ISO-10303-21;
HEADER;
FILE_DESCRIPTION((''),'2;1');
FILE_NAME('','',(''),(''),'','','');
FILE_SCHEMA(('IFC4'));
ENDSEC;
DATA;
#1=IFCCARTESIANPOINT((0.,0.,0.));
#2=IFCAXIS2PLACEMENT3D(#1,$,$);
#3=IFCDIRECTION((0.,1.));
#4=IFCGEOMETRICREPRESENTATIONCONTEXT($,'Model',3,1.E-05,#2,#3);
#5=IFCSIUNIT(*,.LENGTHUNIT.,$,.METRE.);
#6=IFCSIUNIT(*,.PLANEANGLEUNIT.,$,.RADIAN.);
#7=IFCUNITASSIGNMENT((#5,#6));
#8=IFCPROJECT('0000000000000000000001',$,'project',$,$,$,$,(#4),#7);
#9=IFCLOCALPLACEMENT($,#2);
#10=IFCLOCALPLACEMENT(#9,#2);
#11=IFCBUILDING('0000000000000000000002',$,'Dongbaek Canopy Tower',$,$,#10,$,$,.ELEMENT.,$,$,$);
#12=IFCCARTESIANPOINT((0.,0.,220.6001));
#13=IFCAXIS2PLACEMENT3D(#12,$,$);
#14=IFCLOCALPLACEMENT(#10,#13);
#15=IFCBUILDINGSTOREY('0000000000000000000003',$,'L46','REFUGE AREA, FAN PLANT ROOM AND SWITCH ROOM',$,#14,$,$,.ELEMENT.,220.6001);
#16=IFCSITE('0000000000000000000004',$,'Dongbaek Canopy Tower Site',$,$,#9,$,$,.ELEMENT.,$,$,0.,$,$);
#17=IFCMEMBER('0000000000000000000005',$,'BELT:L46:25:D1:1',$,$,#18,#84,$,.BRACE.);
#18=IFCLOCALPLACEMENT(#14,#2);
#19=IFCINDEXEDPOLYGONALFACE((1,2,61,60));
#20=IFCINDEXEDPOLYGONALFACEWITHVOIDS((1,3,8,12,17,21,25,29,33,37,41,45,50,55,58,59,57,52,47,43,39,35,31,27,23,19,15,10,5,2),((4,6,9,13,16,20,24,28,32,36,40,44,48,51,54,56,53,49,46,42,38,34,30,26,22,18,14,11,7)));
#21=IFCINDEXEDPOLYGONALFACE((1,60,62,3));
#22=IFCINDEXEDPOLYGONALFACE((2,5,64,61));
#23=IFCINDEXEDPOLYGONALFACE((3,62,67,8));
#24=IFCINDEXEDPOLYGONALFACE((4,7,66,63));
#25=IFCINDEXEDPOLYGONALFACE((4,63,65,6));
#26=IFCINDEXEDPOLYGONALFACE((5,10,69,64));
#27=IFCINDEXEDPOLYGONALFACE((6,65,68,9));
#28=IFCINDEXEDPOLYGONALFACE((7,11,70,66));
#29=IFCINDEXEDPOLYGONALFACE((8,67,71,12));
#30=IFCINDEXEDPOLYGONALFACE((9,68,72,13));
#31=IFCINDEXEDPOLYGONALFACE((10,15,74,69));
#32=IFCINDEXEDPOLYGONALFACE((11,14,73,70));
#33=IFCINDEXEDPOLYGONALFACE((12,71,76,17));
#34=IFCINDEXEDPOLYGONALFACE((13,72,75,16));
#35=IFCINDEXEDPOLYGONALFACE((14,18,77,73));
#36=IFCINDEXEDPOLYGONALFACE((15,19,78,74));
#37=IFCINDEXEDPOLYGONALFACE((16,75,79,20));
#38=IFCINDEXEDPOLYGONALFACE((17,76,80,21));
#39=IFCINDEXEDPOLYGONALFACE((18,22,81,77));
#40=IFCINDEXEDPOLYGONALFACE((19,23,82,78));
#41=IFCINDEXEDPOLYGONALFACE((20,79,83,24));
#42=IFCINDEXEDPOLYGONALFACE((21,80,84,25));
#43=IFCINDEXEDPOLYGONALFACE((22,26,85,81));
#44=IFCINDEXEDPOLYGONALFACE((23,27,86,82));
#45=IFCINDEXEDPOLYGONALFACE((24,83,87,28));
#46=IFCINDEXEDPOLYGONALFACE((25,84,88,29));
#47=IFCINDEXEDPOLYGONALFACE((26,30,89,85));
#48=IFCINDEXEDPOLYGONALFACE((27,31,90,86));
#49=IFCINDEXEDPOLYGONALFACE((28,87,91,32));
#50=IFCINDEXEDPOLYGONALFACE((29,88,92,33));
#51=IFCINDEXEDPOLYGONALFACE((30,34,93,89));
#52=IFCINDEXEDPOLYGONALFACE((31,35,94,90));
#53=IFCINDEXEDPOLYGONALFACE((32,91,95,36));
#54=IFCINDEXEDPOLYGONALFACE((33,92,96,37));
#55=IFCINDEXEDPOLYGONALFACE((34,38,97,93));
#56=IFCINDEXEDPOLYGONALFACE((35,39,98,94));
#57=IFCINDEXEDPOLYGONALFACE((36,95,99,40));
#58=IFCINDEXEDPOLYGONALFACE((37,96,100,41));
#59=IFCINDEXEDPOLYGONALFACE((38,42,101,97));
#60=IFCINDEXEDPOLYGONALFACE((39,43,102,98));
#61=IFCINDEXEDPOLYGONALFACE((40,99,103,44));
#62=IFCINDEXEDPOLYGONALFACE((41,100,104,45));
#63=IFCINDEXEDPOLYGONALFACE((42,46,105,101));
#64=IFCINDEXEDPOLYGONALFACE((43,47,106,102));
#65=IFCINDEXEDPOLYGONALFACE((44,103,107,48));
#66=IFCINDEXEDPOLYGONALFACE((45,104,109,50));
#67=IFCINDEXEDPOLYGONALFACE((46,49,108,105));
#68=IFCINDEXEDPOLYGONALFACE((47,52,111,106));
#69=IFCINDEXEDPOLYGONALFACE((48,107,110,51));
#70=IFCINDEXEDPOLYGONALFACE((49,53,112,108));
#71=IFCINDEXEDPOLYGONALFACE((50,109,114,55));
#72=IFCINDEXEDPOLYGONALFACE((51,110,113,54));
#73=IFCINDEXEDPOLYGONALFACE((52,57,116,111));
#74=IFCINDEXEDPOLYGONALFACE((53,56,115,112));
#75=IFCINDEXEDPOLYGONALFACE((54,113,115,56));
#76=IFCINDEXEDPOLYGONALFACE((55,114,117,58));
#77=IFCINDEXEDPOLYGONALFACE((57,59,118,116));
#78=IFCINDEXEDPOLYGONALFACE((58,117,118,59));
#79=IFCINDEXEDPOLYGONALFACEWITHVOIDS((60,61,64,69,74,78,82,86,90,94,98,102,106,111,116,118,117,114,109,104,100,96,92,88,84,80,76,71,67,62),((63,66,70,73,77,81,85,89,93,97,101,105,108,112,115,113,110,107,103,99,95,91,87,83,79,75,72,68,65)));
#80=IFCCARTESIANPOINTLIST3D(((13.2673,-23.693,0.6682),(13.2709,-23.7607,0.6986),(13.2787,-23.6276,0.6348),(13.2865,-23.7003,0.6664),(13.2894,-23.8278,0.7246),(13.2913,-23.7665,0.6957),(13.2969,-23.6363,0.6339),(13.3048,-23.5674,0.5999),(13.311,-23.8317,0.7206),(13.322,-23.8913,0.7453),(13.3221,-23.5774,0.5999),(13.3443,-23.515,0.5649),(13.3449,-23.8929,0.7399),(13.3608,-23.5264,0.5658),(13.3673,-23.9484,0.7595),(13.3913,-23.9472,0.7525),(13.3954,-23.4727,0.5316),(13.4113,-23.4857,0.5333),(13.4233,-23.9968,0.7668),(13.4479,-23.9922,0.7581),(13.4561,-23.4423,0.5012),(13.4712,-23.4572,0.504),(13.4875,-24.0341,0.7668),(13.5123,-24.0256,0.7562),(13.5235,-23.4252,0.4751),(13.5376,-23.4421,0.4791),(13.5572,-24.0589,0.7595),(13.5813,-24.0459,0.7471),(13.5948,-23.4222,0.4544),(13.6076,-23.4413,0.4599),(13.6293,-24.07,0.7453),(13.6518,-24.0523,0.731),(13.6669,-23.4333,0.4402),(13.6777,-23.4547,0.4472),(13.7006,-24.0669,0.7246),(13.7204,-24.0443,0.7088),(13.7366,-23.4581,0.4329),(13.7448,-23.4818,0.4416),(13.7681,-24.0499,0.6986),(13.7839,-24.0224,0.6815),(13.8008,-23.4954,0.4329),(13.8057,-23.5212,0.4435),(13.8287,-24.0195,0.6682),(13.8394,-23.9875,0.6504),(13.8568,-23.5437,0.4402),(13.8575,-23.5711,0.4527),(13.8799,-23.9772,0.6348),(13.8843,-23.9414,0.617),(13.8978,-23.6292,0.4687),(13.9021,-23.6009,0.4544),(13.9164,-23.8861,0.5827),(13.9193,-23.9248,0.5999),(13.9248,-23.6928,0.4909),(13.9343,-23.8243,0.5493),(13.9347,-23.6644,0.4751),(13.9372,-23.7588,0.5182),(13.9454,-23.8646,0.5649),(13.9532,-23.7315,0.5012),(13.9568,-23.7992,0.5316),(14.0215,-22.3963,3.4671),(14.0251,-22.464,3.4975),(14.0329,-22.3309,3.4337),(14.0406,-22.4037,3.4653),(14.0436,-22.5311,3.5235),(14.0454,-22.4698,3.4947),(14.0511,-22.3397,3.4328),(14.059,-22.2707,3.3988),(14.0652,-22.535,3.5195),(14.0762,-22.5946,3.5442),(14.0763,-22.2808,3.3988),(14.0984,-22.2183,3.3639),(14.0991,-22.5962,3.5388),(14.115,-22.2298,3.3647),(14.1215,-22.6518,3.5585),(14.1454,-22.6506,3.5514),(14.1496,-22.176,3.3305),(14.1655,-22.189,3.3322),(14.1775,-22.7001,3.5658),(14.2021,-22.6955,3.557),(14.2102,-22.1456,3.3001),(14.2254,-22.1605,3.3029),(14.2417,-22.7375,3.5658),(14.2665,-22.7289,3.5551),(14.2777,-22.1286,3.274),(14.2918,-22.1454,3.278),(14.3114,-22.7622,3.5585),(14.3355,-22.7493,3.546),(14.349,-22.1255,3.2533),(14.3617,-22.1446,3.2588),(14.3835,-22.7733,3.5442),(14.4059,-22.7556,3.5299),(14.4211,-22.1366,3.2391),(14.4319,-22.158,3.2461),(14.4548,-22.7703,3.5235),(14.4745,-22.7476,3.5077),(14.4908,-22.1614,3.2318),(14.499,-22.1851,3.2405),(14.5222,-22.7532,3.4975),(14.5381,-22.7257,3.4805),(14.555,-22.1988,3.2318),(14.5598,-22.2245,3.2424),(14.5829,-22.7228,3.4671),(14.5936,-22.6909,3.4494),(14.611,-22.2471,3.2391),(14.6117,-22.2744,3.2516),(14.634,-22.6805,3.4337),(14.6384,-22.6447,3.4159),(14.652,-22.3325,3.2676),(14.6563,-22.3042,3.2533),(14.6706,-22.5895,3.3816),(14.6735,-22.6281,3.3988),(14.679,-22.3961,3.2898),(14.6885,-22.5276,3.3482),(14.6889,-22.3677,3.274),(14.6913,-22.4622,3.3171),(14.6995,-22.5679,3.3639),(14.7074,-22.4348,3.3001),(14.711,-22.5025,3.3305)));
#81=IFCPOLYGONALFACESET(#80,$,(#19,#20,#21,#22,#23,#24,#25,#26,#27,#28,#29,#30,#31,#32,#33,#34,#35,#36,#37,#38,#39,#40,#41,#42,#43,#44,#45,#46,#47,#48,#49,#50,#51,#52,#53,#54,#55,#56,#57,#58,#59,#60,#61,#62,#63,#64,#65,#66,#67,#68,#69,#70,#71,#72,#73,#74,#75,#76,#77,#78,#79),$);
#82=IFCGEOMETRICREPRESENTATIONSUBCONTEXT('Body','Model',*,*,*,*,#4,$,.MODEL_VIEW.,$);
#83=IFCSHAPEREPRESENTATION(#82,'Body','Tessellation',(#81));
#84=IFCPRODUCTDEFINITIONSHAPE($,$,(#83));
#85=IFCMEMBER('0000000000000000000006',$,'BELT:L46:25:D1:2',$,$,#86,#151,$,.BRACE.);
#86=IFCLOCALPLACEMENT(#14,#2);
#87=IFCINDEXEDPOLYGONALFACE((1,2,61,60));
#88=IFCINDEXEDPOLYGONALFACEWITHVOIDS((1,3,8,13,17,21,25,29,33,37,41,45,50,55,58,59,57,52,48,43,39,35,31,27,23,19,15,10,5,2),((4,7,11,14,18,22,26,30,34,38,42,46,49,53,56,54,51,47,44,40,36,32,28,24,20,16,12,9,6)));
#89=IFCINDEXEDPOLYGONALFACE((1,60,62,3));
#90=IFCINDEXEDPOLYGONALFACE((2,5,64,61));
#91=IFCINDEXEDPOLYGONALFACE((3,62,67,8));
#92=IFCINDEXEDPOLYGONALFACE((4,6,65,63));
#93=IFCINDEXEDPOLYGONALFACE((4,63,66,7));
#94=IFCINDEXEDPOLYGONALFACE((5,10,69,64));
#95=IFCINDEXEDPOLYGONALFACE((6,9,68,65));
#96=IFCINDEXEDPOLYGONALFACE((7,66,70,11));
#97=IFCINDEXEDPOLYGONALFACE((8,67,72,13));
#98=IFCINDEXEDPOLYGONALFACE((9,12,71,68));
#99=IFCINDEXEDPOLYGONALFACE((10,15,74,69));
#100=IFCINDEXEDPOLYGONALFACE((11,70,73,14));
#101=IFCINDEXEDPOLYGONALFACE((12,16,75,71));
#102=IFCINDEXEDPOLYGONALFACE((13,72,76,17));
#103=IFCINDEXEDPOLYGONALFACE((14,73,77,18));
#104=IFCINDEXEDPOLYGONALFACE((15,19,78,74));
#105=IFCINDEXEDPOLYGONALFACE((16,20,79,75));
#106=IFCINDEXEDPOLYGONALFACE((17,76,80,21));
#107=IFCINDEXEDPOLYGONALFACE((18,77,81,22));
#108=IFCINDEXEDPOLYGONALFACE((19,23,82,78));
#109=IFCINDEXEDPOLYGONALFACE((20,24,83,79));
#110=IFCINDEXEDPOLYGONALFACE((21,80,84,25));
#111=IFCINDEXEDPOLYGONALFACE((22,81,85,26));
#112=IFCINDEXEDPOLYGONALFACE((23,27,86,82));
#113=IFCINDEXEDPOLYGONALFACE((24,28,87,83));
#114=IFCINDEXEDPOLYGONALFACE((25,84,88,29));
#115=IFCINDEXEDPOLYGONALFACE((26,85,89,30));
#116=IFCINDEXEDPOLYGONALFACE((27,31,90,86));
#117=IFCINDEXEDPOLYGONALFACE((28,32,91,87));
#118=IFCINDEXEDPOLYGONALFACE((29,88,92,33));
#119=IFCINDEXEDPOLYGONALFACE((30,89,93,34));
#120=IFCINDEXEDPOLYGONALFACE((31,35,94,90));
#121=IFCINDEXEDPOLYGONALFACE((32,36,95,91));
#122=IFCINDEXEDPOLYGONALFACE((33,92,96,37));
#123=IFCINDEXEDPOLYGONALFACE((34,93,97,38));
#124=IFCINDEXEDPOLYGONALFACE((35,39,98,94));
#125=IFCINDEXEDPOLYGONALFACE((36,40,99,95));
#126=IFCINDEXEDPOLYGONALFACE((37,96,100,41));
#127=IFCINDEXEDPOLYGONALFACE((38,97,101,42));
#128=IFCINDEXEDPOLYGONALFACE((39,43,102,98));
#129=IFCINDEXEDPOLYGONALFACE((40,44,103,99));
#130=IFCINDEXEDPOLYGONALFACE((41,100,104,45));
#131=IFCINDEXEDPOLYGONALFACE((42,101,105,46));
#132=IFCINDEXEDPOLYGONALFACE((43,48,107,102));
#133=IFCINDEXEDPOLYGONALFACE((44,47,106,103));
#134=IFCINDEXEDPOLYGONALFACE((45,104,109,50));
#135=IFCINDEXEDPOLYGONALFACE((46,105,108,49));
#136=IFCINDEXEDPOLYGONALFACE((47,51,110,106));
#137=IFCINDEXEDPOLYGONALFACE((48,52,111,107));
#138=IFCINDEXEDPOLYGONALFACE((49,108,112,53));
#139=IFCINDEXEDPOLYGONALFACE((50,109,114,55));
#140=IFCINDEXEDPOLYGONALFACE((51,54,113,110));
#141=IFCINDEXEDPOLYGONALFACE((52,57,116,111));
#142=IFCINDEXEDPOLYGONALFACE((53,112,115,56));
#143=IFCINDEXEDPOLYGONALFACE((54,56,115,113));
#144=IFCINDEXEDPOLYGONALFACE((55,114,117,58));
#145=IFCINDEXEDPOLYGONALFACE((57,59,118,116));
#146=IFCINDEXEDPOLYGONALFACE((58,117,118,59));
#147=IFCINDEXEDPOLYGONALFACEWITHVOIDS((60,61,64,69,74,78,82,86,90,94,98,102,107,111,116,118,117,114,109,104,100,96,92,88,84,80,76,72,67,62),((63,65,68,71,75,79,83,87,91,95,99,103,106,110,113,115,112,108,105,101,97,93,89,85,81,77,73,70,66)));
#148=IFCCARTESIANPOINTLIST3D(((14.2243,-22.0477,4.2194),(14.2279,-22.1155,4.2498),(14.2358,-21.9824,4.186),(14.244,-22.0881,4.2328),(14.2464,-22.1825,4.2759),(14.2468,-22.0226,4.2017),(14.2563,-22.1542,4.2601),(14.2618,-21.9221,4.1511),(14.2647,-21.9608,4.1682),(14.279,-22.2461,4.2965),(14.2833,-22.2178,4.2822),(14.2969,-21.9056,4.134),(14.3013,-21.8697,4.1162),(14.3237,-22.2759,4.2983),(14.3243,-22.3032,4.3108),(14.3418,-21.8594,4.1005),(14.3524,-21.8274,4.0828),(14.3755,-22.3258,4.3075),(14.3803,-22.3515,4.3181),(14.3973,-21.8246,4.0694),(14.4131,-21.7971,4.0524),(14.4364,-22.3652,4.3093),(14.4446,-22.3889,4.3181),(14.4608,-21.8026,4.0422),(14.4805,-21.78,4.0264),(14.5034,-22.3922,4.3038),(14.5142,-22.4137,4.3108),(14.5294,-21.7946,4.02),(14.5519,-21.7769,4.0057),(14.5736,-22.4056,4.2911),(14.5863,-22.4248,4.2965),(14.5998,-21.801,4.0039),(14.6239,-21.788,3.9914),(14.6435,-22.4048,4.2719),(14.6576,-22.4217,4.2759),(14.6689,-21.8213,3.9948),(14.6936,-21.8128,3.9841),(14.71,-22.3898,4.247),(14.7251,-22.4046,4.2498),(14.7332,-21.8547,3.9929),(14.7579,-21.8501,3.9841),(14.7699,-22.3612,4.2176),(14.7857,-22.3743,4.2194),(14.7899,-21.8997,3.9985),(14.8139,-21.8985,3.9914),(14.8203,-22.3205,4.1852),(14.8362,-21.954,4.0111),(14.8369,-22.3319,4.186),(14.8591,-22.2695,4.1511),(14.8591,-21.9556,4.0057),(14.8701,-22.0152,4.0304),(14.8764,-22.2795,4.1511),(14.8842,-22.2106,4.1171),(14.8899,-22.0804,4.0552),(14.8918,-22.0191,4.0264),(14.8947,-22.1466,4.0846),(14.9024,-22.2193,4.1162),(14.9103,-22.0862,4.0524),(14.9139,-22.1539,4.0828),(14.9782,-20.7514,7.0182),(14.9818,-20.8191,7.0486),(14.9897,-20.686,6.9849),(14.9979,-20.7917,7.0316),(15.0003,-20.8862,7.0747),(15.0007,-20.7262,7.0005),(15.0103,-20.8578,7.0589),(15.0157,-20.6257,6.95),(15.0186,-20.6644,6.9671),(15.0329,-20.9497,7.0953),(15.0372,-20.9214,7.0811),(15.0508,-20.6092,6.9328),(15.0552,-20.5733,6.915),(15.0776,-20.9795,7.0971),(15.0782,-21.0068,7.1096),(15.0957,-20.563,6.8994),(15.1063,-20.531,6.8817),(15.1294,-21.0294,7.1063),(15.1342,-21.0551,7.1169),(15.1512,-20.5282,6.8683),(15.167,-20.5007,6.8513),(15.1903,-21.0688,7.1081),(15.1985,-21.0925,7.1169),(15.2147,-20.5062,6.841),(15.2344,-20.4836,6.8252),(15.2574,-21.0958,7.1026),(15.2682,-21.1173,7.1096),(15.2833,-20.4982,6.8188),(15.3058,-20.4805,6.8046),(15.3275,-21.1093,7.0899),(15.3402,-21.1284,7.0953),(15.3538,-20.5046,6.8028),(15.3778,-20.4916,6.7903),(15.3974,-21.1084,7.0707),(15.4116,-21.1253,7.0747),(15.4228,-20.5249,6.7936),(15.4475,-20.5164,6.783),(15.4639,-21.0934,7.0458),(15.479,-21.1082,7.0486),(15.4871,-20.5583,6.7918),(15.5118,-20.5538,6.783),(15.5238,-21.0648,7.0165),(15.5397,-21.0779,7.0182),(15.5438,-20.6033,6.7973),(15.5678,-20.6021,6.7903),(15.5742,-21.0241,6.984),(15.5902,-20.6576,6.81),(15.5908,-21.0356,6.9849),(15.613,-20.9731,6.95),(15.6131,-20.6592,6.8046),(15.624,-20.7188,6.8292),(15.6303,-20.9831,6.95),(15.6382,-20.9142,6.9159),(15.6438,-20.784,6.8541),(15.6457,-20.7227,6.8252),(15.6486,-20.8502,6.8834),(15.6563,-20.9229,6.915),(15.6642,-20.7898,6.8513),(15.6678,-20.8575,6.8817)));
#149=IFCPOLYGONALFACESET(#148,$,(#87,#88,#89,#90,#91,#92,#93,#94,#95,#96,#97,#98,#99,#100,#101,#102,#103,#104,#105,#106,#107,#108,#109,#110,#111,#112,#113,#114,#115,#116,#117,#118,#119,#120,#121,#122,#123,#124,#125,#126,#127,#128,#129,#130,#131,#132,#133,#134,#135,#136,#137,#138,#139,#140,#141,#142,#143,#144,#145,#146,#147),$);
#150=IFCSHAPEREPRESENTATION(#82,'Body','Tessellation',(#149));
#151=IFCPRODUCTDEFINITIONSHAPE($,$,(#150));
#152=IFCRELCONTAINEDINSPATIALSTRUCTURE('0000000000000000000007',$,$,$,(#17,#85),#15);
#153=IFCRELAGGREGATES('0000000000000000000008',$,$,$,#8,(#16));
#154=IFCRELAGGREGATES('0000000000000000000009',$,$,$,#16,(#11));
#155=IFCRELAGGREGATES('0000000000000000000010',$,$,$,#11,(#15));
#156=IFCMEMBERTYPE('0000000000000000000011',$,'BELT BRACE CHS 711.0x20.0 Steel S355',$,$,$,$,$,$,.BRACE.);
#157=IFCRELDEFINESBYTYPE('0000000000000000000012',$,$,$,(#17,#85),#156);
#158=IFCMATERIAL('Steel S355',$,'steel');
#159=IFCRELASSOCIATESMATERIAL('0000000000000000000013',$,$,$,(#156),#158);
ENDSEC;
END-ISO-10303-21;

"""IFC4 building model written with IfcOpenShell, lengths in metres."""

from ifc_helpers import new_model, si_unit, direction, frame, origin, origin_2d, place, context, subcontext, project, spatial, hollow_circle, extrude, material, material_profile, profile_set, type_object, element, save


model = new_model("IFC4")

# Units and contexts
model_context = context("Model", 3, precision=1e-05, world=origin(), true_north=direction((0.0, 1.0)))
body_context = subcontext(model_context, "Body", "Model", "MODEL_VIEW")
ifc_project = project(units=[si_unit("LENGTHUNIT", "METRE"), si_unit("PLANEANGLEUNIT", "RADIAN")], contexts=[model_context])

# Site, building, storey
site_placement = place(None, origin())
site = spatial("IfcSite", under=ifc_project, at=site_placement, Name="Dongbaek Canopy Tower Site", CompositionType="ELEMENT", RefElevation=0.0)
building_placement = place(site_placement, origin())
building = spatial("IfcBuilding", under=site, at=building_placement, Name="Dongbaek Canopy Tower", CompositionType="ELEMENT")
storey_placement = place(building_placement, frame((0.0, 0.0, 220.6001)))
storey = spatial("IfcBuildingStorey", under=building, at=storey_placement, Name="L46", Description="REFUGE AREA, FAN PLANT ROOM AND SWITCH ROOM", CompositionType="ELEMENT", Elevation=220.6001)

# Members
ifc_material_1 = material(Name="Steel S355", Category="steel")
ifc_material_profile_1 = material_profile(ifc_material_1, hollow_circle(Radius=0.3555, WallThickness=0.02, at=origin_2d()), Name="BELT BRACE CHS 711.0x20.0 Steel S355")
ifc_profile_set_1 = profile_set([ifc_material_profile_1], Name="Steel S355")
member_type_1 = type_object("IfcMemberType", Name="BELT BRACE CHS 711.0x20.0 Steel S355", PredefinedType="BRACE", material=ifc_profile_set_1)
member_1_placement = place(storey_placement, frame((13.6121, -23.7461, 0.5999), z_axis=(0.237495, 0.408331, 0.881398), x_axis=(-0.864422, 0.502768, 0.0)))
element("IfcMember", 1, at=member_1_placement, inside=storey, type_object=member_type_1, Name="BELT:L46:25:D1:1", PredefinedType="BRACE", context=body_context, shape_type="SweptSolid", body=[
    extrude(hollow_circle(Radius=0.3555, WallThickness=0.02, at=origin_2d()), origin(), (0.0, 0.0, 1.0), 3.1755),
])
member_2_placement = place(storey_placement, frame((15.323, -20.8044, 6.95), z_axis=(-0.23743, -0.408274, -0.881442), x_axis=(0.864451, -0.502717, 0.0)))
element("IfcMember", 2, at=member_2_placement, inside=storey, type_object=member_type_1, Name="BELT:L46:25:D1:2", PredefinedType="BRACE", context=body_context, shape_type="SweptSolid", body=[
    extrude(hollow_circle(Radius=0.3555, WallThickness=0.02, at=origin_2d()), origin(), (0.0, 0.0, 1.0), 3.1753),
])

save(model, "model.ifc")
